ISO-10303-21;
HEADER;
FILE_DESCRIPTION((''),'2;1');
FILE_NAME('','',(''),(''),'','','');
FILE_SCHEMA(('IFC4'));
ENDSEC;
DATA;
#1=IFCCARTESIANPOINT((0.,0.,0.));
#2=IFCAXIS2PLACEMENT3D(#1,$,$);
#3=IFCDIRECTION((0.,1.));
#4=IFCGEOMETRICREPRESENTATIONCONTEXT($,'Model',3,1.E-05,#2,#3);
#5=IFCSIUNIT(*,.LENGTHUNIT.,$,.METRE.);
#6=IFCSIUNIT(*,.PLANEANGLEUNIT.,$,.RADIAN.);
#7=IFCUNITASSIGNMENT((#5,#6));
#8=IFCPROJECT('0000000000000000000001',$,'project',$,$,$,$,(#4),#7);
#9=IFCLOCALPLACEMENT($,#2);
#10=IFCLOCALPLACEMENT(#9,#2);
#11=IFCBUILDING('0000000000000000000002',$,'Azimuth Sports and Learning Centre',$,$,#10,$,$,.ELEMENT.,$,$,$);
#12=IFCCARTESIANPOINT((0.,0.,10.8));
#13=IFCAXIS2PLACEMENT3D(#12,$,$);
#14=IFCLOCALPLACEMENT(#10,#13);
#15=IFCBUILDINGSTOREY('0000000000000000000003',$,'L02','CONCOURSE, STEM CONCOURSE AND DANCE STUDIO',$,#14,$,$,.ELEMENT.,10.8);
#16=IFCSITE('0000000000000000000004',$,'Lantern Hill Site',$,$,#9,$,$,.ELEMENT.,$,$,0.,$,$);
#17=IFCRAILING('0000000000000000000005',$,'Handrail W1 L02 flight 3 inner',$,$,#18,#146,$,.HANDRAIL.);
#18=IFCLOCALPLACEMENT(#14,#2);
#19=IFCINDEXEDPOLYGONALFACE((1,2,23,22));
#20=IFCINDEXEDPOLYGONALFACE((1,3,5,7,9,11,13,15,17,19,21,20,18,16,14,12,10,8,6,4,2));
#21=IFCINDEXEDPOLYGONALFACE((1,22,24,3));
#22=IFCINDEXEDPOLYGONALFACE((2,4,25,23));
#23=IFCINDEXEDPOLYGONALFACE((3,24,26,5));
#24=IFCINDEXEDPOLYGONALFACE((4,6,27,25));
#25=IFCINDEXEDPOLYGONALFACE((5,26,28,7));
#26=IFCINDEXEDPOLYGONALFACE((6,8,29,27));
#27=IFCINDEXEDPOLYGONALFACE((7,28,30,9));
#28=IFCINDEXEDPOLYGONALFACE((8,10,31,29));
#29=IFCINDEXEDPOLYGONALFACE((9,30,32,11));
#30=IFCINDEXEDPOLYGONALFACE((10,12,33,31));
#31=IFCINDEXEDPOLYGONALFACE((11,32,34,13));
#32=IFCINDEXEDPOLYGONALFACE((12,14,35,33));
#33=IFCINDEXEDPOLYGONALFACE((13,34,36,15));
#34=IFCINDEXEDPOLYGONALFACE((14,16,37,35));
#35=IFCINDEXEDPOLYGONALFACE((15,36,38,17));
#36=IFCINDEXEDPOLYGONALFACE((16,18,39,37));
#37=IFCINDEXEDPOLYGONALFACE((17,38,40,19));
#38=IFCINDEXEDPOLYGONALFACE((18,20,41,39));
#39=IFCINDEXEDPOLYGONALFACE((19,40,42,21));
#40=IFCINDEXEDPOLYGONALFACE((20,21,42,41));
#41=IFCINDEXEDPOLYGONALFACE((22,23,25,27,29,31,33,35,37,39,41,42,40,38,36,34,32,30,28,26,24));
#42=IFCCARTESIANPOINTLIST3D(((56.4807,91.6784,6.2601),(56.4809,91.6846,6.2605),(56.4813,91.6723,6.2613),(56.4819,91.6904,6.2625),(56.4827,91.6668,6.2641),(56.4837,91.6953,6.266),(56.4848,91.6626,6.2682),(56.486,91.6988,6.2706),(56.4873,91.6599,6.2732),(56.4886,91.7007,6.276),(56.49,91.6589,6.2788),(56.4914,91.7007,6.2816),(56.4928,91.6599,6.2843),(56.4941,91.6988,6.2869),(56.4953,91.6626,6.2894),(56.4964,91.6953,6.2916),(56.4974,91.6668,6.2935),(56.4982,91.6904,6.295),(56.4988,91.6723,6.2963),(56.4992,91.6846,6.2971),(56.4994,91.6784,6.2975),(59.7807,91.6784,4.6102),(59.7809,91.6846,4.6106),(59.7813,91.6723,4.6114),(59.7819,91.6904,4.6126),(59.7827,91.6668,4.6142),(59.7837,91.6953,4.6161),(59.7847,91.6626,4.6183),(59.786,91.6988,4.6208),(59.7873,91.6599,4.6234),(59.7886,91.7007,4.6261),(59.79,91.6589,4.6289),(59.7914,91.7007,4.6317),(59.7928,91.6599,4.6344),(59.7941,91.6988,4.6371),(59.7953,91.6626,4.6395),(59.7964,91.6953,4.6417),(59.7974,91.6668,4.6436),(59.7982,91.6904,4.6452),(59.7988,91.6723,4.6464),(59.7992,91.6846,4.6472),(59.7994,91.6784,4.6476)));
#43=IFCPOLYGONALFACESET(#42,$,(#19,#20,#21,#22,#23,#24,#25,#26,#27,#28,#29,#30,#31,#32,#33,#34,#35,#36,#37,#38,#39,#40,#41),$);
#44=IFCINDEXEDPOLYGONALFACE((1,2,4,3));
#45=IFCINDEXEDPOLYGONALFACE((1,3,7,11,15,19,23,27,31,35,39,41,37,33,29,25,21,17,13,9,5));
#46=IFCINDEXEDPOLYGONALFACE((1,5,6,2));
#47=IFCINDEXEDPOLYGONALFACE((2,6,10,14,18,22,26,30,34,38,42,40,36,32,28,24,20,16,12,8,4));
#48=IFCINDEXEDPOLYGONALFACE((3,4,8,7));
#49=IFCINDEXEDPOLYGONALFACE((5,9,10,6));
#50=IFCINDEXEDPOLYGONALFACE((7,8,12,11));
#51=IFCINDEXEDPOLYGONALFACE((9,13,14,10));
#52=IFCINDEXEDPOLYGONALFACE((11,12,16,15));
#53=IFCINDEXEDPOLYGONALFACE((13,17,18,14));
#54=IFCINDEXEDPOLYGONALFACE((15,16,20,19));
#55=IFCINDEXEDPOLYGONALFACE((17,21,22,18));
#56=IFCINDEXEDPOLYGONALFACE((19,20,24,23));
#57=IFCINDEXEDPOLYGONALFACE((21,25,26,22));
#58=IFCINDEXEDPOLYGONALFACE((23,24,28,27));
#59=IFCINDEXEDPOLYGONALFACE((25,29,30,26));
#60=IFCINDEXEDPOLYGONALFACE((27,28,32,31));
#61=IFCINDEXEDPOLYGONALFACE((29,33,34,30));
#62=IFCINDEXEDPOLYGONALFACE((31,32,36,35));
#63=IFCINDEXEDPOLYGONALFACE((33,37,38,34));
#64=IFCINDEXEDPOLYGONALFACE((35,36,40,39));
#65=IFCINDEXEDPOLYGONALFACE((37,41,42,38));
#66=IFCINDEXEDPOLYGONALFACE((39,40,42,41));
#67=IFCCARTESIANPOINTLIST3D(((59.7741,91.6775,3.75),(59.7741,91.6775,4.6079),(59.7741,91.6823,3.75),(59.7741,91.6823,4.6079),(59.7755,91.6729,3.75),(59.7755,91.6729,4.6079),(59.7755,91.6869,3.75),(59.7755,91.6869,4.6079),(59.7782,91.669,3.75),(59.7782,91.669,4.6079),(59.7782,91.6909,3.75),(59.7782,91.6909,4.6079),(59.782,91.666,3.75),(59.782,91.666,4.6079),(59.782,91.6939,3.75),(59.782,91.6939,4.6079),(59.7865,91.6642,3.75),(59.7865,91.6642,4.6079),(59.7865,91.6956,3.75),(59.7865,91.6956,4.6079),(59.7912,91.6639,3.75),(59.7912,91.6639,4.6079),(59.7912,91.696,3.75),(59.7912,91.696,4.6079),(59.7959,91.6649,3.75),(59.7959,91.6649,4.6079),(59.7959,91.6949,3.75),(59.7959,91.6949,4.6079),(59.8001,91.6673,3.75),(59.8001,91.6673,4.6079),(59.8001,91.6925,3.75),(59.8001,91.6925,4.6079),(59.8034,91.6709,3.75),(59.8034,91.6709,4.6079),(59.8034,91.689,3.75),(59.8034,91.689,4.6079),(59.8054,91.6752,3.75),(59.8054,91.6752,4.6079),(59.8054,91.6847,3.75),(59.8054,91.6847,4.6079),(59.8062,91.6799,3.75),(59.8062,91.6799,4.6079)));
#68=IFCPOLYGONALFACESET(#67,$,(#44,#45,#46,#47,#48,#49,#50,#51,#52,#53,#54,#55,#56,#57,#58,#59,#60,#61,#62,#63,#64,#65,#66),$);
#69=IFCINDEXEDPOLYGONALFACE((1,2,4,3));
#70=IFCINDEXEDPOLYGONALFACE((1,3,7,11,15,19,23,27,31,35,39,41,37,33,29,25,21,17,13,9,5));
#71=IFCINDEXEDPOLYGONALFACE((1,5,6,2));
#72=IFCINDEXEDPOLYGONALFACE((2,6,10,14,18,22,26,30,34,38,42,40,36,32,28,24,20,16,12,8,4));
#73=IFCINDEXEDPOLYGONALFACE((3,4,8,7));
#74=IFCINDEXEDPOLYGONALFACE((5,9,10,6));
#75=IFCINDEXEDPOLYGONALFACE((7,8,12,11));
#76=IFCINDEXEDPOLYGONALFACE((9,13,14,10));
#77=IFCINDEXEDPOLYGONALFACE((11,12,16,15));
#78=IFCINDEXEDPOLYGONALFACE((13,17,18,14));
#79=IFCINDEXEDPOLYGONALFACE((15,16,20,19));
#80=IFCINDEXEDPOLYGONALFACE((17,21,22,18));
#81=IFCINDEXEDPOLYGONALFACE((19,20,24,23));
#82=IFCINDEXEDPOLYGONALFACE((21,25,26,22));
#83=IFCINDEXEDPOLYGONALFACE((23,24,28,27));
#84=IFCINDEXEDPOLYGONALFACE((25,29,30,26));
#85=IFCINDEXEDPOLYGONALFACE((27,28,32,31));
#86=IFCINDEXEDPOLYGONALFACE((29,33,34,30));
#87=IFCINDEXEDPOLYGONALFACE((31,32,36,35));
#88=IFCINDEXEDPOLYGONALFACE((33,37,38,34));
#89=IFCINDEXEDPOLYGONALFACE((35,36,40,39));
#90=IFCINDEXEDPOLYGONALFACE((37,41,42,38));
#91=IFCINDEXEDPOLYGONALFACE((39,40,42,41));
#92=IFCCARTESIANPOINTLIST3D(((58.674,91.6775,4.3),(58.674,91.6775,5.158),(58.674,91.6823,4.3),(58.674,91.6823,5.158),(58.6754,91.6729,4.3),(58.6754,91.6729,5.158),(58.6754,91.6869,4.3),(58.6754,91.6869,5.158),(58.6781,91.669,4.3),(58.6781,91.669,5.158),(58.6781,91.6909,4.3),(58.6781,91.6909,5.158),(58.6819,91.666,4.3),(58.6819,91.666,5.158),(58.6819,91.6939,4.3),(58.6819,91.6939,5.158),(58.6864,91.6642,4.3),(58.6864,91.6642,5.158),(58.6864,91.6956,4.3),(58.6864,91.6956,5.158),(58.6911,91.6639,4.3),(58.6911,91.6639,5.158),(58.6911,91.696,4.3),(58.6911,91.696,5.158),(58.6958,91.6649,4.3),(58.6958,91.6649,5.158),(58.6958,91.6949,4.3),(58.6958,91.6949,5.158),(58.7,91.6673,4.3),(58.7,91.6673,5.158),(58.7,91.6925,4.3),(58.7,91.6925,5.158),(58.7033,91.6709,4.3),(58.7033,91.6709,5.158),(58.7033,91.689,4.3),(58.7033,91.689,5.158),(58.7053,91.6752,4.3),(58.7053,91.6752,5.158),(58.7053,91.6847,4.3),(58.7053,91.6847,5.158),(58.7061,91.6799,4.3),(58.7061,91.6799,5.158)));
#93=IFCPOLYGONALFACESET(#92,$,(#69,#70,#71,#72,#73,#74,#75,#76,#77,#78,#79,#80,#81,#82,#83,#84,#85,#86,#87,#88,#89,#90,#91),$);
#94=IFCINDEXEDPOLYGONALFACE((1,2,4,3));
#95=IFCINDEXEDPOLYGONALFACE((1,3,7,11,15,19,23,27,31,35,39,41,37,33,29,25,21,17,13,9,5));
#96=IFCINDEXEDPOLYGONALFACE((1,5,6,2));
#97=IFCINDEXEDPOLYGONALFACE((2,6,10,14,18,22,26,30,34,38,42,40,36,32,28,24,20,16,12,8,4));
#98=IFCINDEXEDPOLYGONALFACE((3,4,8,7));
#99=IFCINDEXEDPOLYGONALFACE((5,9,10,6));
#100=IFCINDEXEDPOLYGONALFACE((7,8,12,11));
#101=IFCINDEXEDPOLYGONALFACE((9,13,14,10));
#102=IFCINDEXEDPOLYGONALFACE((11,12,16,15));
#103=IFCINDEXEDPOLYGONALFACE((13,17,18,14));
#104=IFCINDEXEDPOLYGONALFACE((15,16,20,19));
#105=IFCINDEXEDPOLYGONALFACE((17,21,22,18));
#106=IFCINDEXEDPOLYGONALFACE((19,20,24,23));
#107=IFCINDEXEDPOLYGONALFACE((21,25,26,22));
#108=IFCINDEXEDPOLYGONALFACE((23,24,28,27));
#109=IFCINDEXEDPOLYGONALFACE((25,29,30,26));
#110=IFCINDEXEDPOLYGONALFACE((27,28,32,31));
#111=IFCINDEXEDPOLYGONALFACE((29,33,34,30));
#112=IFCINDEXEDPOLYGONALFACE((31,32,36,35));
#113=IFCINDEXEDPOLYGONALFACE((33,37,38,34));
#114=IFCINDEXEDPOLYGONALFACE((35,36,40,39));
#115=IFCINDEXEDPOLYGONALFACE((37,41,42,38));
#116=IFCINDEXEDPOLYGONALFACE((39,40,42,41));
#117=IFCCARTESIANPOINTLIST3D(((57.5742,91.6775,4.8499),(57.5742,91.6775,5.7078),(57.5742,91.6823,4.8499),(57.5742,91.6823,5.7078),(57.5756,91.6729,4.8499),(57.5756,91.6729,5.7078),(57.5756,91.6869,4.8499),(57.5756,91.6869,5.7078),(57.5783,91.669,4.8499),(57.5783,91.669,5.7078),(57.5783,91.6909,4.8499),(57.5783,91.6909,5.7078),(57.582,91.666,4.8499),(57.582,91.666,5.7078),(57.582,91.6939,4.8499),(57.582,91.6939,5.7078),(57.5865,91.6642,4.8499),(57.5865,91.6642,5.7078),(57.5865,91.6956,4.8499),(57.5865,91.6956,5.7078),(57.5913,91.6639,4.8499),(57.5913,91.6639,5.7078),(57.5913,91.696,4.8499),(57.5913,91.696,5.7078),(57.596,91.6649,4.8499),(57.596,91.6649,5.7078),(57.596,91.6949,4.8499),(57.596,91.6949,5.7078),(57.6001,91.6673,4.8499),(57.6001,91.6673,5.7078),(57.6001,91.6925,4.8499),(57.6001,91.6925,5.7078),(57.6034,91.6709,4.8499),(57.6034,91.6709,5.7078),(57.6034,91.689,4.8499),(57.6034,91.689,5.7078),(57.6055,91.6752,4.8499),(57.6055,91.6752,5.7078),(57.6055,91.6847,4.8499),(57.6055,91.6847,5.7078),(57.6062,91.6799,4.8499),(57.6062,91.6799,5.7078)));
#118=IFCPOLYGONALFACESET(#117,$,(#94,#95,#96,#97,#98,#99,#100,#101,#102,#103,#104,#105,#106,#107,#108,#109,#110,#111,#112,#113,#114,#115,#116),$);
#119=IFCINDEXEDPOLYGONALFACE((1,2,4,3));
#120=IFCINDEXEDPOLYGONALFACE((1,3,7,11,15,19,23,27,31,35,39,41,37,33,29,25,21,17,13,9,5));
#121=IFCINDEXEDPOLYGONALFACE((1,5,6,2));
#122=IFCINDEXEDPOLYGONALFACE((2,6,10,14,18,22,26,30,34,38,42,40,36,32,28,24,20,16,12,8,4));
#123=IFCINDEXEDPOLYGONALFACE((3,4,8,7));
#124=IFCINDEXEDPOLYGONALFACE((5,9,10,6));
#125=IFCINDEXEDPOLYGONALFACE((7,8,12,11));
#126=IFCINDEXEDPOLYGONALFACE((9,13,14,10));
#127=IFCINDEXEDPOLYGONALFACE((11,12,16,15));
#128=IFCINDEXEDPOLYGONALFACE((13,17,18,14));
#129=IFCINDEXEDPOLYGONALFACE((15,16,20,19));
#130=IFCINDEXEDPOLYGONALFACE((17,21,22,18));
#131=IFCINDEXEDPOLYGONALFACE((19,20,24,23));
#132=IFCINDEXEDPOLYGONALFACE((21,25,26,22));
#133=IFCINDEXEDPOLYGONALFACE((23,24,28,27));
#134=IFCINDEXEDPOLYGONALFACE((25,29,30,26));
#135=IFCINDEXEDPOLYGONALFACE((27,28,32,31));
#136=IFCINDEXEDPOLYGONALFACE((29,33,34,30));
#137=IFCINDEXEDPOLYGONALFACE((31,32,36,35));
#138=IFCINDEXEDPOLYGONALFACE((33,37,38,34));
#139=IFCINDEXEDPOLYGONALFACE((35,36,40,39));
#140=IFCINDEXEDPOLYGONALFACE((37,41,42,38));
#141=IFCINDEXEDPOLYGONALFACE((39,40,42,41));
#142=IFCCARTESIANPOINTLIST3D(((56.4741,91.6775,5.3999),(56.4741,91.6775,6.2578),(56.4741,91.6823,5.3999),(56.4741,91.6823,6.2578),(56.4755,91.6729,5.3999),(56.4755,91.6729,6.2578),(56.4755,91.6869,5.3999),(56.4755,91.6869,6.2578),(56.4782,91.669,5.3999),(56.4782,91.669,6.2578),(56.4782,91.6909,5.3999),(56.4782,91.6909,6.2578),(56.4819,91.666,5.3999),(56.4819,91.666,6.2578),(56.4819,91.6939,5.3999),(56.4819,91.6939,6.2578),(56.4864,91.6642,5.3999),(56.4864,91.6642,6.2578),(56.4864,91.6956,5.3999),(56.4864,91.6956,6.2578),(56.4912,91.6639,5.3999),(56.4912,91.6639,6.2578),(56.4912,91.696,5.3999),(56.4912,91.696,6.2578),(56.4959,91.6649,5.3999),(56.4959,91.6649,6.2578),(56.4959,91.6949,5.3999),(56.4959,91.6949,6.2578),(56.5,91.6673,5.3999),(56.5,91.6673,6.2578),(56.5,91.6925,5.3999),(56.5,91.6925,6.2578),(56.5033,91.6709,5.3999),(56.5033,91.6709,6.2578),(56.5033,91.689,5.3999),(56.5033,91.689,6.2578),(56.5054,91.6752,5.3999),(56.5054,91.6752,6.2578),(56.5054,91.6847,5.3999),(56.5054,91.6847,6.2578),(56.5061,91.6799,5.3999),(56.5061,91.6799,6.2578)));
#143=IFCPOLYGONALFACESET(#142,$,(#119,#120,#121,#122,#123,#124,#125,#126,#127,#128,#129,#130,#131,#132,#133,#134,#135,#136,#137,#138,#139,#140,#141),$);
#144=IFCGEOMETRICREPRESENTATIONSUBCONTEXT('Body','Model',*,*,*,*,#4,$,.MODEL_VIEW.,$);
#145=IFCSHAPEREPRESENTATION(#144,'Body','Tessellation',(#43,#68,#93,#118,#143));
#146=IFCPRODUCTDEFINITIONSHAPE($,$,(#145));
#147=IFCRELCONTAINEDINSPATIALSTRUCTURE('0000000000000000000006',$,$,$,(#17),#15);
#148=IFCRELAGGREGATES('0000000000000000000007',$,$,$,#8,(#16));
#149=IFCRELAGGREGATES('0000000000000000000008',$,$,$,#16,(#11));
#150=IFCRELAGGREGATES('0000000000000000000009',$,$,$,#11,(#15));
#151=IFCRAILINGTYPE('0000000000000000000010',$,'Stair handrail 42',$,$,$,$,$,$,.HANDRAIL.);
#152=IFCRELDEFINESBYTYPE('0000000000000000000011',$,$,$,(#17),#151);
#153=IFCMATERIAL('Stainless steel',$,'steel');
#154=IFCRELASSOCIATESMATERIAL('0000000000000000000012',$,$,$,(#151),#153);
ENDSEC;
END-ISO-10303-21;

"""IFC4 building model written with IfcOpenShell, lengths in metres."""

from ifc_helpers import new_model, si_unit, direction, frame, origin, origin_2d, place, context, subcontext, project, spatial, circle, extrude, material, type_object, element, save


model = new_model("IFC4")

# Units and contexts
model_context = context("Model", 3, precision=1e-05, world=origin(), true_north=direction((0.0, 1.0)))
body_context = subcontext(model_context, "Body", "Model", "MODEL_VIEW")
ifc_project = project(units=[si_unit("LENGTHUNIT", "METRE"), si_unit("PLANEANGLEUNIT", "RADIAN")], contexts=[model_context])

# Site, building, storey
site_placement = place(None, origin())
site = spatial("IfcSite", under=ifc_project, at=site_placement, Name="Lantern Hill Site", CompositionType="ELEMENT", RefElevation=0.0)
building_placement = place(site_placement, origin())
building = spatial("IfcBuilding", under=site, at=building_placement, Name="Azimuth Sports and Learning Centre", CompositionType="ELEMENT")
storey_placement = place(building_placement, frame((0.0, 0.0, 10.8)))
storey = spatial("IfcBuildingStorey", under=building, at=storey_placement, Name="L02", Description="CONCOURSE, STEM CONCOURSE AND DANCE STUDIO", CompositionType="ELEMENT", Elevation=10.8)

# Railing
ifc_material_1 = material(Name="Stainless steel", Category="steel")
railing_type_1 = type_object("IfcRailingType", Name="Stair handrail 42", PredefinedType="HANDRAIL", material=ifc_material_1)
for number, where, name in (
    (1, (59.79, 91.6799, 3.75), "Handrail W1 L02 flight 3 inner"),
):
    element("IfcRailing", number, at=place(storey_placement, frame(where)), inside=storey, type_object=railing_type_1, Name=name, PredefinedType="HANDRAIL", context=body_context, shape_type="SweptSolid", body=[
        extrude(circle(Radius=0.021, at=origin_2d()), frame((0.0, 0.0, 0.8789), z_axis=(-0.89444, 0.0, 0.447187), x_axis=(0.0, -1.0, 0.0)), (0.0, 0.0, 1.0), 3.6895),
        extrude(circle(Radius=0.0161, at=origin_2d()), origin(), (0.0, 0.0, 1.0), 0.8579),
        extrude(circle(Radius=0.0161, at=origin_2d()), frame((-1.1001, 0.0, 0.55)), (0.0, 0.0, 1.0), 0.8579),
        extrude(circle(Radius=0.0161, at=origin_2d()), frame((-2.2, 0.0, 1.0999)), (0.0, 0.0, 1.0), 0.8579),
        extrude(circle(Radius=0.0161, at=origin_2d()), frame((-3.3, 0.0, 1.6499)), (0.0, 0.0, 1.0), 0.8579),
    ])

save(model, "model.ifc")
